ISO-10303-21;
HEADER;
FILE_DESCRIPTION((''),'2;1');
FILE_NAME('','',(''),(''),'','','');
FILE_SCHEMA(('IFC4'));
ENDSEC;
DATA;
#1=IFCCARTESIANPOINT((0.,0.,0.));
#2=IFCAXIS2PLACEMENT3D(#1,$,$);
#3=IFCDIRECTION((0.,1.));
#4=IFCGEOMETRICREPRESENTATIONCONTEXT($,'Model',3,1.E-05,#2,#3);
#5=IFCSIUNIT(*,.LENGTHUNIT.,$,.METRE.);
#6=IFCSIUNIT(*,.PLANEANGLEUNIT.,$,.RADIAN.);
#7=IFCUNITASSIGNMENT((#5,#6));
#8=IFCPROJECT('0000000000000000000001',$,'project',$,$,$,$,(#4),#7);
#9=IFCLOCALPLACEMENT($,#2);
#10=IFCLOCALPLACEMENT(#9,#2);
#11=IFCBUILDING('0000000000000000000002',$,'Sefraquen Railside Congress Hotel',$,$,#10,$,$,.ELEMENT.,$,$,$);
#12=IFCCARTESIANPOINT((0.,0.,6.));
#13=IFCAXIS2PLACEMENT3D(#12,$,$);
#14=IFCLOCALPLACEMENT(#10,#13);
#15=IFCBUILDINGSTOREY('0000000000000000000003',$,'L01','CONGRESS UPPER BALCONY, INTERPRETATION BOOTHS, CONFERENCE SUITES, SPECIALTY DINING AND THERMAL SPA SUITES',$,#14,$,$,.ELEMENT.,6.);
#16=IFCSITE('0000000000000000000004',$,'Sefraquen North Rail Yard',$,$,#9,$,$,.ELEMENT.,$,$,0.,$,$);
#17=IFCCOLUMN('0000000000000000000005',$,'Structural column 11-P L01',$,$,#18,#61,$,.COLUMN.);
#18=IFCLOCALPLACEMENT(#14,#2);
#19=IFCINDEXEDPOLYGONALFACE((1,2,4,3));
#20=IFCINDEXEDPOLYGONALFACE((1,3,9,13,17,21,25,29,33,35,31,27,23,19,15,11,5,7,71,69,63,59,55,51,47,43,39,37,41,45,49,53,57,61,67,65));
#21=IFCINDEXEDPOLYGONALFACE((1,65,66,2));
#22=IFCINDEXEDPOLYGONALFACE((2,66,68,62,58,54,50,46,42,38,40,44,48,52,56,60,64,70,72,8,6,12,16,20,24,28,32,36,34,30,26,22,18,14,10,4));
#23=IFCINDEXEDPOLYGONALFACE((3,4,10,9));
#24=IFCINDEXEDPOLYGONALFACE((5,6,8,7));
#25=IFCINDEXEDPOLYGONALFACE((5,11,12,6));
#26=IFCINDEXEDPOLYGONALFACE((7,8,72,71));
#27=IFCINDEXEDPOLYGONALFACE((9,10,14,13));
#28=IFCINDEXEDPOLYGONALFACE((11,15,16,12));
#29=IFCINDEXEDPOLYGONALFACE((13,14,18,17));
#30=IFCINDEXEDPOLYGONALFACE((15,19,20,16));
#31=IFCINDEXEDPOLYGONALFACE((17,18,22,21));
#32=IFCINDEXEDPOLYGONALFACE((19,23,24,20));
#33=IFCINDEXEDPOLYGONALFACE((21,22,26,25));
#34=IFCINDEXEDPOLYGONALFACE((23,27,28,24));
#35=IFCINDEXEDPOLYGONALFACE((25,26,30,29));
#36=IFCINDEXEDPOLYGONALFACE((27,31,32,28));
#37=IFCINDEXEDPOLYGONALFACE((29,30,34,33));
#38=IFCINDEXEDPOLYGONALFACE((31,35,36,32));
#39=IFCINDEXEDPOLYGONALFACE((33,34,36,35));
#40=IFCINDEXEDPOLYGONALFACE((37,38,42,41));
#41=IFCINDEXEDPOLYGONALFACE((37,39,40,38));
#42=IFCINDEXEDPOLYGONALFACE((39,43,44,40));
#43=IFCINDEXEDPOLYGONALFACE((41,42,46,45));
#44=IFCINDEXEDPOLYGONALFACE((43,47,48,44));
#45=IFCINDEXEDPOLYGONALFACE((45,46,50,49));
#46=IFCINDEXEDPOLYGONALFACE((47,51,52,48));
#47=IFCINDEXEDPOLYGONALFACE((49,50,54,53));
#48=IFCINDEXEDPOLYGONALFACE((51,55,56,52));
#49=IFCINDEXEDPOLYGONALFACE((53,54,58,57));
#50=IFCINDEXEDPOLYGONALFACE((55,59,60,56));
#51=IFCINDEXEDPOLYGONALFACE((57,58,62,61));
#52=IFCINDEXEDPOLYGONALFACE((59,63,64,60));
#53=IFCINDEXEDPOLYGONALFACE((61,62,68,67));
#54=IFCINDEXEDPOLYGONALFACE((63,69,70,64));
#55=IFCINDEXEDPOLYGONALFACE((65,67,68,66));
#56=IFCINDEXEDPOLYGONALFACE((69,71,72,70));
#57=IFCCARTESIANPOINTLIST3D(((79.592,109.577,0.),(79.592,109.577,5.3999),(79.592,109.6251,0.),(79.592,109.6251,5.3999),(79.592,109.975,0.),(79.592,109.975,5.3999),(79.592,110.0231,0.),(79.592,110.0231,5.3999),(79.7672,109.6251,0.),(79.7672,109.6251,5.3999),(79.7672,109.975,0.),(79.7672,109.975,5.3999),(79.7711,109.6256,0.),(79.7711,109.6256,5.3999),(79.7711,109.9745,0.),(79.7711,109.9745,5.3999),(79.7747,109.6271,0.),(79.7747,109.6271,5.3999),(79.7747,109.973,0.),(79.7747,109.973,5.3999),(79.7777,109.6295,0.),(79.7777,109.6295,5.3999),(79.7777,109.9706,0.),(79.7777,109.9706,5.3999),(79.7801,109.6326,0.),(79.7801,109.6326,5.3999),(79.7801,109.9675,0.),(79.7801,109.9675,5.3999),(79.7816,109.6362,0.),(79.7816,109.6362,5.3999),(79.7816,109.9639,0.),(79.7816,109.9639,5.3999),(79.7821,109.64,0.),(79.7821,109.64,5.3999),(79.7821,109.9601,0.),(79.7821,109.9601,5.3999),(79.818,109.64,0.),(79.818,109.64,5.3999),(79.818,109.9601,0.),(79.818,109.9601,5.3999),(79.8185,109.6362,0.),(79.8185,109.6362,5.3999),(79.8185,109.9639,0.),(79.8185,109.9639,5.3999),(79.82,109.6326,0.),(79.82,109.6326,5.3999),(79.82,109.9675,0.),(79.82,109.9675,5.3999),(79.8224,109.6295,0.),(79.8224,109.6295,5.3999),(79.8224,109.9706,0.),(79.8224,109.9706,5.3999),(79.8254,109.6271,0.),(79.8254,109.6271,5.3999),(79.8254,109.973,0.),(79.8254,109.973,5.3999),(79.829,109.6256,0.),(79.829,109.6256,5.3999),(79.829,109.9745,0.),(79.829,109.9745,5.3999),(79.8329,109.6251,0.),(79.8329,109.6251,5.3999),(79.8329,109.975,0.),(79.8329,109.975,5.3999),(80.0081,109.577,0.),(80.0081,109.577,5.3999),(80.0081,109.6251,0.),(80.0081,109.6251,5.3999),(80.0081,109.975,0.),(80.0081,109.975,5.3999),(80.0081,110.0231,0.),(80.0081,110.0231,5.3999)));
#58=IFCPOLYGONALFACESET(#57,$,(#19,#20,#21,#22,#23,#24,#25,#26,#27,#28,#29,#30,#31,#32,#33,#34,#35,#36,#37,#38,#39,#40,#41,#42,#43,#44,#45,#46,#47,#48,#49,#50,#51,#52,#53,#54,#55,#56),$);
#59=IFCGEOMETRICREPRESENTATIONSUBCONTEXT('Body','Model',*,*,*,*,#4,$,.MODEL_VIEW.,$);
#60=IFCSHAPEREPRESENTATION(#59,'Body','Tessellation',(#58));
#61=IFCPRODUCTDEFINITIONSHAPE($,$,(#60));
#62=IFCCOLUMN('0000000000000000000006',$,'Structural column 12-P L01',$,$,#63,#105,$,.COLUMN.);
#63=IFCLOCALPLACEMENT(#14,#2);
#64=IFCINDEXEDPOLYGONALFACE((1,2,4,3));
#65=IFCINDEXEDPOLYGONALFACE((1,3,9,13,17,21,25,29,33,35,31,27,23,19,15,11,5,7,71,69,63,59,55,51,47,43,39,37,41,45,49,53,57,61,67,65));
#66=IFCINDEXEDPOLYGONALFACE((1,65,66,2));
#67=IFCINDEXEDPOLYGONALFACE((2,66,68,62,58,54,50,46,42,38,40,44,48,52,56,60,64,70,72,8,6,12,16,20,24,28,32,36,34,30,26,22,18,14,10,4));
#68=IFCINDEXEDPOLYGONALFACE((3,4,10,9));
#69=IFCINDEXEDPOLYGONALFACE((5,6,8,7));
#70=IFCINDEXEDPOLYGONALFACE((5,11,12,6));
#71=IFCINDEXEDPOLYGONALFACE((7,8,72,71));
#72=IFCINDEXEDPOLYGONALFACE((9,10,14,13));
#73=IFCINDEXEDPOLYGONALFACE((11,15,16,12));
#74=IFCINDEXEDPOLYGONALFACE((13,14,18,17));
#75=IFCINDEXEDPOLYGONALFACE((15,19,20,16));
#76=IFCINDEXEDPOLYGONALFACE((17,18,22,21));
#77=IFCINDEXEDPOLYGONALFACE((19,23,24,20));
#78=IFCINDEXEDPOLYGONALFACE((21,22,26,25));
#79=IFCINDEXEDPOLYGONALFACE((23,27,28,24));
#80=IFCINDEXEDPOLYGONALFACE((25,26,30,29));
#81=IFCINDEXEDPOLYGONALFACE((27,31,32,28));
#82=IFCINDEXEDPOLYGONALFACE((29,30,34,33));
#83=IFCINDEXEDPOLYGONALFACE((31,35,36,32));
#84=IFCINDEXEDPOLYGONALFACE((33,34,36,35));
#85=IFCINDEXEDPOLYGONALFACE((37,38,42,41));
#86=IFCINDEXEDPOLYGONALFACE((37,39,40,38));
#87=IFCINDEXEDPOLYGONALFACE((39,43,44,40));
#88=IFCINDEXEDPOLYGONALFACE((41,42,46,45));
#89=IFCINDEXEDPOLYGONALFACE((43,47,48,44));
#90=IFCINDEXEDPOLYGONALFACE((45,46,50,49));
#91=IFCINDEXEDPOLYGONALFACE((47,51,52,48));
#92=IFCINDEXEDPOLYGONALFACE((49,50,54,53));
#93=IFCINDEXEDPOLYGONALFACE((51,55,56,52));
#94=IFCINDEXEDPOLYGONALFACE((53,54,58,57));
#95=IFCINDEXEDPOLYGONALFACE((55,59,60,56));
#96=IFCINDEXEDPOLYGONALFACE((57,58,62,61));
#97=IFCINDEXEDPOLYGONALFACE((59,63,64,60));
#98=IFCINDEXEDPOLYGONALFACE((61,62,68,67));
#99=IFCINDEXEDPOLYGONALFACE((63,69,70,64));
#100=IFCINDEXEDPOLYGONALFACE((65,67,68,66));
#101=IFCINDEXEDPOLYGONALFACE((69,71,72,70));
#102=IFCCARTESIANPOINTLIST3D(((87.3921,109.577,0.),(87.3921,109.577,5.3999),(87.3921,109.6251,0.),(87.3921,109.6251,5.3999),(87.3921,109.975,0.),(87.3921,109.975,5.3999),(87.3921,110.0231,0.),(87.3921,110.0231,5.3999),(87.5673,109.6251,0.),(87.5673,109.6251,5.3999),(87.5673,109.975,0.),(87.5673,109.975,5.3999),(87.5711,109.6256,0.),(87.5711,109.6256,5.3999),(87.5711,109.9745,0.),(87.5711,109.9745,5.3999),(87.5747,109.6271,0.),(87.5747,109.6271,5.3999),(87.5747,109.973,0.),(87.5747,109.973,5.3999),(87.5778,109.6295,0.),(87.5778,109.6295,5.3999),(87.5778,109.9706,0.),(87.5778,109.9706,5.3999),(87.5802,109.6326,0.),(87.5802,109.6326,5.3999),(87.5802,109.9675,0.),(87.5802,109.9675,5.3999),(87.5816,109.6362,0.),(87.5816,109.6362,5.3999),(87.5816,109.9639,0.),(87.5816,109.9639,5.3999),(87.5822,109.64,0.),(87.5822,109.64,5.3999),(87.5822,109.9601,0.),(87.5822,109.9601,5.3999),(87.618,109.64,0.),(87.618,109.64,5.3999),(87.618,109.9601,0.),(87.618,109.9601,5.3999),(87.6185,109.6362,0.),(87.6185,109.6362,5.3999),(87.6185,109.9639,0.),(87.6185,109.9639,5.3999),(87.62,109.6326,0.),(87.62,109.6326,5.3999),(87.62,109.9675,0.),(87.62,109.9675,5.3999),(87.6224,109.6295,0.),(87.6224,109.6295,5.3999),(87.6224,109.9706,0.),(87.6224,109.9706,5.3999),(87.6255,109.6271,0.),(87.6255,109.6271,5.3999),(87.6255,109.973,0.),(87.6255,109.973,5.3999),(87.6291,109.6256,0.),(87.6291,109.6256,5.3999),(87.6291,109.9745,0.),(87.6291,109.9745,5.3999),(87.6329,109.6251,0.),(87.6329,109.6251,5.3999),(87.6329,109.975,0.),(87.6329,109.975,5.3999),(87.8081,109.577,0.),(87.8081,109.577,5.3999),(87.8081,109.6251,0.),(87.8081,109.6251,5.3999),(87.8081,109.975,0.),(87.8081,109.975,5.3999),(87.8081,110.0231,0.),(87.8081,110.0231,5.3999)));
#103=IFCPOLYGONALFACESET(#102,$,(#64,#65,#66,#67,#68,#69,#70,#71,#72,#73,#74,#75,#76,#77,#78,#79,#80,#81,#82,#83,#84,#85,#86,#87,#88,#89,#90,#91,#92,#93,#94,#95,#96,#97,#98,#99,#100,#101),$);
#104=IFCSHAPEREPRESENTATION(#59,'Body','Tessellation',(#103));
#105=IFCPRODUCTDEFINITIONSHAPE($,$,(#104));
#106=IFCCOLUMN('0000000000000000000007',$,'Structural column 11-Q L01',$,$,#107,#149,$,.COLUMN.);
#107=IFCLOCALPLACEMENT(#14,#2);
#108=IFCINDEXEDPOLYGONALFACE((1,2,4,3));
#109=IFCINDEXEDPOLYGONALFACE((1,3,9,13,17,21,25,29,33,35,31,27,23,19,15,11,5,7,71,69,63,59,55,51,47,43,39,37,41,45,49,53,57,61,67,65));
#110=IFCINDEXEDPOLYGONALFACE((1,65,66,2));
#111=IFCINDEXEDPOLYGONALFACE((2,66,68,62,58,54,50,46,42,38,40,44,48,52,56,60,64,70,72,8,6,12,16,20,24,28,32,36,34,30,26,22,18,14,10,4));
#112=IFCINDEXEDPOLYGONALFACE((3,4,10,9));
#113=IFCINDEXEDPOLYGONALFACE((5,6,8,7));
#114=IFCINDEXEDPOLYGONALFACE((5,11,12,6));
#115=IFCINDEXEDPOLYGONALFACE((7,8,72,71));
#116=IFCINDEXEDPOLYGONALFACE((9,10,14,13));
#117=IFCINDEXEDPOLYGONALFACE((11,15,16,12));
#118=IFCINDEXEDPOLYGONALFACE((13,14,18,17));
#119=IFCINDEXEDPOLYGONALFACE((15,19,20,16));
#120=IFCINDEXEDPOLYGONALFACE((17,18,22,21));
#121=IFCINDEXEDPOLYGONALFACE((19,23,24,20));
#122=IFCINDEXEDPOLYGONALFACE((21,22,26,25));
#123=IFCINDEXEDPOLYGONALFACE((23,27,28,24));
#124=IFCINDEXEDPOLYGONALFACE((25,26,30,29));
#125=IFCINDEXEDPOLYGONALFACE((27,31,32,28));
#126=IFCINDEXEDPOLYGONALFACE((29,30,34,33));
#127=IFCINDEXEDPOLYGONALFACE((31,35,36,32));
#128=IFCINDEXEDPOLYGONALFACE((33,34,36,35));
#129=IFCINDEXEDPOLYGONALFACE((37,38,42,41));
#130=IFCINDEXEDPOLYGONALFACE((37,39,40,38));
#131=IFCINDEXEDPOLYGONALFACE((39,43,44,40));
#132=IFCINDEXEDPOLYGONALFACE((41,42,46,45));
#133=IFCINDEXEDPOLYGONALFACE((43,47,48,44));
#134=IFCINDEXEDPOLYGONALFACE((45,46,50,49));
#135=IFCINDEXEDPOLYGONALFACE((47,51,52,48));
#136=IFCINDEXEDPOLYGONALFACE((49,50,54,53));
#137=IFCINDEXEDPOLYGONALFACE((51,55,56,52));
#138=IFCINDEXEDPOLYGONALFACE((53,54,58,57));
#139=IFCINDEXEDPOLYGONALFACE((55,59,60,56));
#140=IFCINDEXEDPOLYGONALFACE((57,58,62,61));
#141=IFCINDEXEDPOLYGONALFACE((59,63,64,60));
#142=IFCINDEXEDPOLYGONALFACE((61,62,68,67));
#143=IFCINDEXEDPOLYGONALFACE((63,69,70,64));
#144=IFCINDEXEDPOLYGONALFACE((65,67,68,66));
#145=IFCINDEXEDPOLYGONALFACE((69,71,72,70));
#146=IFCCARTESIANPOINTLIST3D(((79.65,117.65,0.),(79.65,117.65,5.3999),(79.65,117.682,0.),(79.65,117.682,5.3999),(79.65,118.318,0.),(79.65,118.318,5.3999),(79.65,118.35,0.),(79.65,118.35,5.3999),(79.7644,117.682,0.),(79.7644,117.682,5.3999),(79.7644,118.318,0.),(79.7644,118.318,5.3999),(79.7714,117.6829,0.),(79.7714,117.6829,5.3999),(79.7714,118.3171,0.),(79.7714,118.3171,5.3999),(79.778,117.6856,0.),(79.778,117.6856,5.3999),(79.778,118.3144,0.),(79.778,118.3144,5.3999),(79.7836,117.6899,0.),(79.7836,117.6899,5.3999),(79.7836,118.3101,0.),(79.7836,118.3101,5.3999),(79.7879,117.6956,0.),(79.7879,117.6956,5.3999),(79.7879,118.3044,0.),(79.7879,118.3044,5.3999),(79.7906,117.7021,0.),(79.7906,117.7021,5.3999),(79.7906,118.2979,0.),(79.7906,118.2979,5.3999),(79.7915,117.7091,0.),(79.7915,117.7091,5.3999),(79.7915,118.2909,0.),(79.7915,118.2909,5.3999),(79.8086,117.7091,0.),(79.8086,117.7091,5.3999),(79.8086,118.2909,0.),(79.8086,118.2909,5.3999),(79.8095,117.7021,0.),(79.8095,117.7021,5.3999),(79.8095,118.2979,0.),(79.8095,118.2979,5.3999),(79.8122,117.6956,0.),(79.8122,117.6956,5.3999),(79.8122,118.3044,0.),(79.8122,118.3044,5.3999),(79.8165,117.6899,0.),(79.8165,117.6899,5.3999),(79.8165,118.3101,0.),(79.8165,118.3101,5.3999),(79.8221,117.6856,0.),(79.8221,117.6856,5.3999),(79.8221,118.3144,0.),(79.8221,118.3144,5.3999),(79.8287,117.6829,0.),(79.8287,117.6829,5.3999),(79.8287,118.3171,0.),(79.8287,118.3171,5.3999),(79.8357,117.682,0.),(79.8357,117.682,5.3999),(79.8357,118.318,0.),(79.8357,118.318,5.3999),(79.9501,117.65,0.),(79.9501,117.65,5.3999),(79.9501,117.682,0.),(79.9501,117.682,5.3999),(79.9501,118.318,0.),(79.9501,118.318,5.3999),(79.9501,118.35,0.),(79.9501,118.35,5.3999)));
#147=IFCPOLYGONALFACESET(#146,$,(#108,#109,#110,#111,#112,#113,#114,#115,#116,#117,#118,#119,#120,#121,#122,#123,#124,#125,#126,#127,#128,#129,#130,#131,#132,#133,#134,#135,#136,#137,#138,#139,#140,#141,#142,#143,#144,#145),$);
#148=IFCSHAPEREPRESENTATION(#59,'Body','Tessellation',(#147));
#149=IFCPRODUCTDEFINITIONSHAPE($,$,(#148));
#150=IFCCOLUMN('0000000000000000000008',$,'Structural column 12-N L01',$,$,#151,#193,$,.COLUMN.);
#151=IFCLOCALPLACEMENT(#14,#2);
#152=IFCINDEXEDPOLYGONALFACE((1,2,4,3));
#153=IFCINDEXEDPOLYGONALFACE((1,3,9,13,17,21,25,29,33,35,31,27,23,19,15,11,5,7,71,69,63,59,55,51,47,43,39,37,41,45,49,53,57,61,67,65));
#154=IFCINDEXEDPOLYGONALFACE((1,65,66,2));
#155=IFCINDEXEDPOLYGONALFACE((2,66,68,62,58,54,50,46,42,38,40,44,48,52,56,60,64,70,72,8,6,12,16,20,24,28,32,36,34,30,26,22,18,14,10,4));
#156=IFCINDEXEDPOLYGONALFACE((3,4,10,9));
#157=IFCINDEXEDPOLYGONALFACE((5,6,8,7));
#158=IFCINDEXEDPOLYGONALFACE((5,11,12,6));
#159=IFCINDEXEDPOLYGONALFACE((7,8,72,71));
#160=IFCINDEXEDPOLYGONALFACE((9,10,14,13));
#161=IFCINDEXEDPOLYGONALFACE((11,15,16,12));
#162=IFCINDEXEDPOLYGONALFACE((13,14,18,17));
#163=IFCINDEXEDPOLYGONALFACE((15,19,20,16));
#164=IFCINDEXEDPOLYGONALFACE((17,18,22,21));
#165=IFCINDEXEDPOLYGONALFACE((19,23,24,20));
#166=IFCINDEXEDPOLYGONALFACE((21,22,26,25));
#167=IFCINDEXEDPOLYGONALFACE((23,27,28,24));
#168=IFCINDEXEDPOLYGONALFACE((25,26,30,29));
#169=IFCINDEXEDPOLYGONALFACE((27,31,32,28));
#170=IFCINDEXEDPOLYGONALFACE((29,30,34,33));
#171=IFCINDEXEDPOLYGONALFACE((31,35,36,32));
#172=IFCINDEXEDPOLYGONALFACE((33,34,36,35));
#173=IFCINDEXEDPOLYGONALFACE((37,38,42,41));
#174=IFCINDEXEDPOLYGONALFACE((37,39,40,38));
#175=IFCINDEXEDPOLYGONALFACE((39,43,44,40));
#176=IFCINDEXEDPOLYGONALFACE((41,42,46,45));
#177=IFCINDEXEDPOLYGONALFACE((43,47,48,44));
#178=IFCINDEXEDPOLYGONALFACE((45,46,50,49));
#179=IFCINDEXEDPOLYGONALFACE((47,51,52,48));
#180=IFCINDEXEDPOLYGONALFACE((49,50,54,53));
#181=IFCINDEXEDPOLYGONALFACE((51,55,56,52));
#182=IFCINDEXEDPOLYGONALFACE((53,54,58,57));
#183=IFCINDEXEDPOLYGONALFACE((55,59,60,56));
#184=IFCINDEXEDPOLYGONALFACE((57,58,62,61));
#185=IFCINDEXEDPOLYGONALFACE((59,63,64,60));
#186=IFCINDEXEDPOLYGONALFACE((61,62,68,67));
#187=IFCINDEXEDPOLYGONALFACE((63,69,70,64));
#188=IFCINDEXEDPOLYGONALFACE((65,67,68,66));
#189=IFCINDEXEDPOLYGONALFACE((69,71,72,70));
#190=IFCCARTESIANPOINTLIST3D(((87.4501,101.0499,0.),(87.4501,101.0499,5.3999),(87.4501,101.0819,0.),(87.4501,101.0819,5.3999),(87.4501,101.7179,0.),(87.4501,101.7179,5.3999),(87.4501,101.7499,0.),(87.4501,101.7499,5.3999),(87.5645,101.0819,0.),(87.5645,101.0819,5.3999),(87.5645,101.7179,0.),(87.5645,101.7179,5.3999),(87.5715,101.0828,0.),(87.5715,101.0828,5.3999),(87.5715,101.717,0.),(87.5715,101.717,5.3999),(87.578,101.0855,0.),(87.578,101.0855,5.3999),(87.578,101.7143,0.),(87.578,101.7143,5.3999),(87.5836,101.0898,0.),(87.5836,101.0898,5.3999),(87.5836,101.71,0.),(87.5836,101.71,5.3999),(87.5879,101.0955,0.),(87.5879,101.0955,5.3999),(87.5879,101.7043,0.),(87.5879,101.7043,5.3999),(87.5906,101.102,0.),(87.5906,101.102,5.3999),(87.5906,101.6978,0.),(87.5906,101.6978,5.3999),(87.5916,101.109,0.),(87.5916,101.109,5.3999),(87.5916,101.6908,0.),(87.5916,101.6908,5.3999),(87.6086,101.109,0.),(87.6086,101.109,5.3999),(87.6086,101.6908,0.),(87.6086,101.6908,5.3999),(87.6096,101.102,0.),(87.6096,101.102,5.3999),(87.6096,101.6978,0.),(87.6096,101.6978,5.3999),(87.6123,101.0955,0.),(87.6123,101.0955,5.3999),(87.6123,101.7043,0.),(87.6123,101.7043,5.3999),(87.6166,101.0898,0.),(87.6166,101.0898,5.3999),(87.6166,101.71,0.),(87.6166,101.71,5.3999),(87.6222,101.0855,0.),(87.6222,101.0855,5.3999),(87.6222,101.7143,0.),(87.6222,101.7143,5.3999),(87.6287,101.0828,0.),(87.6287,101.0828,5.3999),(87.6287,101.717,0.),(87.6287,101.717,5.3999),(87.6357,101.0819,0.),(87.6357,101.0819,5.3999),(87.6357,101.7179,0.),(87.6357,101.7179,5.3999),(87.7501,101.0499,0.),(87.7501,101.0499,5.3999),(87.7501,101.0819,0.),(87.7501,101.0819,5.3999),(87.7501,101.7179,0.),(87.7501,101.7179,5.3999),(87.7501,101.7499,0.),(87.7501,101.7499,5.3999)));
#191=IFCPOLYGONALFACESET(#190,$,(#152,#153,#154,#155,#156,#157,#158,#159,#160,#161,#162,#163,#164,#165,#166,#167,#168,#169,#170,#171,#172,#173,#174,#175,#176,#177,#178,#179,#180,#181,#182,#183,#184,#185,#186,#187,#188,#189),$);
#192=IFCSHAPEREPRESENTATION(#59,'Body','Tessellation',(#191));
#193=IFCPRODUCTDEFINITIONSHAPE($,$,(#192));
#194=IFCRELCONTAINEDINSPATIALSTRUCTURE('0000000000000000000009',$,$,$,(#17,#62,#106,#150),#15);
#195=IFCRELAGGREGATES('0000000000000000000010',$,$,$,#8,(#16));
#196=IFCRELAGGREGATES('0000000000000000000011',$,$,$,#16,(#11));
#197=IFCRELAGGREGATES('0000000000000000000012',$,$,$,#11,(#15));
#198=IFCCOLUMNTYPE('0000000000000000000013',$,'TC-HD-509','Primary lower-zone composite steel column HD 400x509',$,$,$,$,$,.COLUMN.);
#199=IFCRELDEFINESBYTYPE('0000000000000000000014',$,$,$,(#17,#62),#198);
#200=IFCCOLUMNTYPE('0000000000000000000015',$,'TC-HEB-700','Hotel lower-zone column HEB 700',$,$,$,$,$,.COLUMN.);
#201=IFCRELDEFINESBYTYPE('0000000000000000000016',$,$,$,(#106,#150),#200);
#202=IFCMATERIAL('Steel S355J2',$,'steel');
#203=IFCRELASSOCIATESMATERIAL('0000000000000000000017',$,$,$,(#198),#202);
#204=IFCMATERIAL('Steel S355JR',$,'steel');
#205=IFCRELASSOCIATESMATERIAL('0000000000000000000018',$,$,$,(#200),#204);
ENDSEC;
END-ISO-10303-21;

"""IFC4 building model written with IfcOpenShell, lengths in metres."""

from ifc_helpers import new_model, si_unit, direction, frame, origin, origin_2d, place, context, subcontext, project, spatial, i_section, extrude, material, material_profile, profile_set, type_object, element, save


model = new_model("IFC4")

# Units and contexts
model_context = context("Model", 3, precision=1e-05, world=origin(), true_north=direction((0.0, 1.0)))
body_context = subcontext(model_context, "Body", "Model", "MODEL_VIEW")
ifc_project = project(units=[si_unit("LENGTHUNIT", "METRE"), si_unit("PLANEANGLEUNIT", "RADIAN")], contexts=[model_context])

# Site, building, storey
site_placement = place(None, origin())
site = spatial("IfcSite", under=ifc_project, at=site_placement, Name="Sefraquen North Rail Yard", CompositionType="ELEMENT", RefElevation=0.0)
building_placement = place(site_placement, origin())
building = spatial("IfcBuilding", under=site, at=building_placement, Name="Sefraquen Railside Congress Hotel", CompositionType="ELEMENT")
storey_placement = place(building_placement, frame((0.0, 0.0, 6.0)))
storey = spatial("IfcBuildingStorey", under=building, at=storey_placement, Name="L01", Description="CONGRESS UPPER BALCONY, INTERPRETATION BOOTHS, CONFERENCE SUITES, SPECIALTY DINING AND THERMAL SPA SUITES", CompositionType="ELEMENT", Elevation=6.0)

# Columns
ifc_material_1 = material(Name="Steel S355J2", Category="steel")
ifc_material_profile_1 = material_profile(ifc_material_1, i_section(OverallWidth=0.416, OverallDepth=0.446, WebThickness=0.0359, FlangeThickness=0.0481, FilletRadius=0.0149, at=origin_2d()), Name="HD 400x509")
ifc_profile_set_1 = profile_set([ifc_material_profile_1], Name="Steel S355J2")
column_type_1 = type_object("IfcColumnType", Name="TC-HD-509", Description="Primary lower-zone composite steel column HD 400x509", PredefinedType="COLUMN", material=ifc_profile_set_1)
for number, where, z_axis, x_axis, name in (
    (1, (79.8, 109.8, 0.0), (0.0, 0.0, 1.0), (1.0, 0.0, 0.0), "Structural column 11-P L01"),
    (2, (87.6001, 109.8, 0.0), (0.0, 0.0, 1.0), (1.0, 0.0, 0.0), "Structural column 12-P L01"),
):
    element("IfcColumn", number, at=place(storey_placement, frame(where, z_axis=z_axis, x_axis=x_axis)), inside=storey, type_object=column_type_1, Name=name, PredefinedType="COLUMN", context=body_context, shape_type="SweptSolid", body=[
        extrude(i_section(OverallWidth=0.416, OverallDepth=0.446, WebThickness=0.0359, FlangeThickness=0.0481, FilletRadius=0.0149, at=origin_2d()), origin(), (0.0, 0.0, 1.0), 5.3999),
    ])
ifc_material_2 = material(Name="Steel S355JR", Category="steel")
ifc_material_profile_2 = material_profile(ifc_material_2, i_section(OverallWidth=0.3, OverallDepth=0.7, WebThickness=0.0171, FlangeThickness=0.032, FilletRadius=0.0271, at=origin_2d()), Name="HEB 700")
ifc_profile_set_2 = profile_set([ifc_material_profile_2], Name="Steel S355JR")
column_type_2 = type_object("IfcColumnType", Name="TC-HEB-700", Description="Hotel lower-zone column HEB 700", PredefinedType="COLUMN", material=ifc_profile_set_2)
for number, where, z_axis, x_axis, name in (
    (3, (79.8, 118.0, 0.0), (0.0, 0.0, 1.0), (1.0, 0.0, 0.0), "Structural column 11-Q L01"),
    (4, (87.6001, 101.3999, 0.0), (0.0, 0.0, 1.0), (1.0, 0.0, 0.0), "Structural column 12-N L01"),
):
    element("IfcColumn", number, at=place(storey_placement, frame(where, z_axis=z_axis, x_axis=x_axis)), inside=storey, type_object=column_type_2, Name=name, PredefinedType="COLUMN", context=body_context, shape_type="SweptSolid", body=[
        extrude(i_section(OverallWidth=0.3, OverallDepth=0.7, WebThickness=0.0171, FlangeThickness=0.032, FilletRadius=0.0271, at=origin_2d()), origin(), (0.0, 0.0, 1.0), 5.3999),
    ])

save(model, "model.ifc")
